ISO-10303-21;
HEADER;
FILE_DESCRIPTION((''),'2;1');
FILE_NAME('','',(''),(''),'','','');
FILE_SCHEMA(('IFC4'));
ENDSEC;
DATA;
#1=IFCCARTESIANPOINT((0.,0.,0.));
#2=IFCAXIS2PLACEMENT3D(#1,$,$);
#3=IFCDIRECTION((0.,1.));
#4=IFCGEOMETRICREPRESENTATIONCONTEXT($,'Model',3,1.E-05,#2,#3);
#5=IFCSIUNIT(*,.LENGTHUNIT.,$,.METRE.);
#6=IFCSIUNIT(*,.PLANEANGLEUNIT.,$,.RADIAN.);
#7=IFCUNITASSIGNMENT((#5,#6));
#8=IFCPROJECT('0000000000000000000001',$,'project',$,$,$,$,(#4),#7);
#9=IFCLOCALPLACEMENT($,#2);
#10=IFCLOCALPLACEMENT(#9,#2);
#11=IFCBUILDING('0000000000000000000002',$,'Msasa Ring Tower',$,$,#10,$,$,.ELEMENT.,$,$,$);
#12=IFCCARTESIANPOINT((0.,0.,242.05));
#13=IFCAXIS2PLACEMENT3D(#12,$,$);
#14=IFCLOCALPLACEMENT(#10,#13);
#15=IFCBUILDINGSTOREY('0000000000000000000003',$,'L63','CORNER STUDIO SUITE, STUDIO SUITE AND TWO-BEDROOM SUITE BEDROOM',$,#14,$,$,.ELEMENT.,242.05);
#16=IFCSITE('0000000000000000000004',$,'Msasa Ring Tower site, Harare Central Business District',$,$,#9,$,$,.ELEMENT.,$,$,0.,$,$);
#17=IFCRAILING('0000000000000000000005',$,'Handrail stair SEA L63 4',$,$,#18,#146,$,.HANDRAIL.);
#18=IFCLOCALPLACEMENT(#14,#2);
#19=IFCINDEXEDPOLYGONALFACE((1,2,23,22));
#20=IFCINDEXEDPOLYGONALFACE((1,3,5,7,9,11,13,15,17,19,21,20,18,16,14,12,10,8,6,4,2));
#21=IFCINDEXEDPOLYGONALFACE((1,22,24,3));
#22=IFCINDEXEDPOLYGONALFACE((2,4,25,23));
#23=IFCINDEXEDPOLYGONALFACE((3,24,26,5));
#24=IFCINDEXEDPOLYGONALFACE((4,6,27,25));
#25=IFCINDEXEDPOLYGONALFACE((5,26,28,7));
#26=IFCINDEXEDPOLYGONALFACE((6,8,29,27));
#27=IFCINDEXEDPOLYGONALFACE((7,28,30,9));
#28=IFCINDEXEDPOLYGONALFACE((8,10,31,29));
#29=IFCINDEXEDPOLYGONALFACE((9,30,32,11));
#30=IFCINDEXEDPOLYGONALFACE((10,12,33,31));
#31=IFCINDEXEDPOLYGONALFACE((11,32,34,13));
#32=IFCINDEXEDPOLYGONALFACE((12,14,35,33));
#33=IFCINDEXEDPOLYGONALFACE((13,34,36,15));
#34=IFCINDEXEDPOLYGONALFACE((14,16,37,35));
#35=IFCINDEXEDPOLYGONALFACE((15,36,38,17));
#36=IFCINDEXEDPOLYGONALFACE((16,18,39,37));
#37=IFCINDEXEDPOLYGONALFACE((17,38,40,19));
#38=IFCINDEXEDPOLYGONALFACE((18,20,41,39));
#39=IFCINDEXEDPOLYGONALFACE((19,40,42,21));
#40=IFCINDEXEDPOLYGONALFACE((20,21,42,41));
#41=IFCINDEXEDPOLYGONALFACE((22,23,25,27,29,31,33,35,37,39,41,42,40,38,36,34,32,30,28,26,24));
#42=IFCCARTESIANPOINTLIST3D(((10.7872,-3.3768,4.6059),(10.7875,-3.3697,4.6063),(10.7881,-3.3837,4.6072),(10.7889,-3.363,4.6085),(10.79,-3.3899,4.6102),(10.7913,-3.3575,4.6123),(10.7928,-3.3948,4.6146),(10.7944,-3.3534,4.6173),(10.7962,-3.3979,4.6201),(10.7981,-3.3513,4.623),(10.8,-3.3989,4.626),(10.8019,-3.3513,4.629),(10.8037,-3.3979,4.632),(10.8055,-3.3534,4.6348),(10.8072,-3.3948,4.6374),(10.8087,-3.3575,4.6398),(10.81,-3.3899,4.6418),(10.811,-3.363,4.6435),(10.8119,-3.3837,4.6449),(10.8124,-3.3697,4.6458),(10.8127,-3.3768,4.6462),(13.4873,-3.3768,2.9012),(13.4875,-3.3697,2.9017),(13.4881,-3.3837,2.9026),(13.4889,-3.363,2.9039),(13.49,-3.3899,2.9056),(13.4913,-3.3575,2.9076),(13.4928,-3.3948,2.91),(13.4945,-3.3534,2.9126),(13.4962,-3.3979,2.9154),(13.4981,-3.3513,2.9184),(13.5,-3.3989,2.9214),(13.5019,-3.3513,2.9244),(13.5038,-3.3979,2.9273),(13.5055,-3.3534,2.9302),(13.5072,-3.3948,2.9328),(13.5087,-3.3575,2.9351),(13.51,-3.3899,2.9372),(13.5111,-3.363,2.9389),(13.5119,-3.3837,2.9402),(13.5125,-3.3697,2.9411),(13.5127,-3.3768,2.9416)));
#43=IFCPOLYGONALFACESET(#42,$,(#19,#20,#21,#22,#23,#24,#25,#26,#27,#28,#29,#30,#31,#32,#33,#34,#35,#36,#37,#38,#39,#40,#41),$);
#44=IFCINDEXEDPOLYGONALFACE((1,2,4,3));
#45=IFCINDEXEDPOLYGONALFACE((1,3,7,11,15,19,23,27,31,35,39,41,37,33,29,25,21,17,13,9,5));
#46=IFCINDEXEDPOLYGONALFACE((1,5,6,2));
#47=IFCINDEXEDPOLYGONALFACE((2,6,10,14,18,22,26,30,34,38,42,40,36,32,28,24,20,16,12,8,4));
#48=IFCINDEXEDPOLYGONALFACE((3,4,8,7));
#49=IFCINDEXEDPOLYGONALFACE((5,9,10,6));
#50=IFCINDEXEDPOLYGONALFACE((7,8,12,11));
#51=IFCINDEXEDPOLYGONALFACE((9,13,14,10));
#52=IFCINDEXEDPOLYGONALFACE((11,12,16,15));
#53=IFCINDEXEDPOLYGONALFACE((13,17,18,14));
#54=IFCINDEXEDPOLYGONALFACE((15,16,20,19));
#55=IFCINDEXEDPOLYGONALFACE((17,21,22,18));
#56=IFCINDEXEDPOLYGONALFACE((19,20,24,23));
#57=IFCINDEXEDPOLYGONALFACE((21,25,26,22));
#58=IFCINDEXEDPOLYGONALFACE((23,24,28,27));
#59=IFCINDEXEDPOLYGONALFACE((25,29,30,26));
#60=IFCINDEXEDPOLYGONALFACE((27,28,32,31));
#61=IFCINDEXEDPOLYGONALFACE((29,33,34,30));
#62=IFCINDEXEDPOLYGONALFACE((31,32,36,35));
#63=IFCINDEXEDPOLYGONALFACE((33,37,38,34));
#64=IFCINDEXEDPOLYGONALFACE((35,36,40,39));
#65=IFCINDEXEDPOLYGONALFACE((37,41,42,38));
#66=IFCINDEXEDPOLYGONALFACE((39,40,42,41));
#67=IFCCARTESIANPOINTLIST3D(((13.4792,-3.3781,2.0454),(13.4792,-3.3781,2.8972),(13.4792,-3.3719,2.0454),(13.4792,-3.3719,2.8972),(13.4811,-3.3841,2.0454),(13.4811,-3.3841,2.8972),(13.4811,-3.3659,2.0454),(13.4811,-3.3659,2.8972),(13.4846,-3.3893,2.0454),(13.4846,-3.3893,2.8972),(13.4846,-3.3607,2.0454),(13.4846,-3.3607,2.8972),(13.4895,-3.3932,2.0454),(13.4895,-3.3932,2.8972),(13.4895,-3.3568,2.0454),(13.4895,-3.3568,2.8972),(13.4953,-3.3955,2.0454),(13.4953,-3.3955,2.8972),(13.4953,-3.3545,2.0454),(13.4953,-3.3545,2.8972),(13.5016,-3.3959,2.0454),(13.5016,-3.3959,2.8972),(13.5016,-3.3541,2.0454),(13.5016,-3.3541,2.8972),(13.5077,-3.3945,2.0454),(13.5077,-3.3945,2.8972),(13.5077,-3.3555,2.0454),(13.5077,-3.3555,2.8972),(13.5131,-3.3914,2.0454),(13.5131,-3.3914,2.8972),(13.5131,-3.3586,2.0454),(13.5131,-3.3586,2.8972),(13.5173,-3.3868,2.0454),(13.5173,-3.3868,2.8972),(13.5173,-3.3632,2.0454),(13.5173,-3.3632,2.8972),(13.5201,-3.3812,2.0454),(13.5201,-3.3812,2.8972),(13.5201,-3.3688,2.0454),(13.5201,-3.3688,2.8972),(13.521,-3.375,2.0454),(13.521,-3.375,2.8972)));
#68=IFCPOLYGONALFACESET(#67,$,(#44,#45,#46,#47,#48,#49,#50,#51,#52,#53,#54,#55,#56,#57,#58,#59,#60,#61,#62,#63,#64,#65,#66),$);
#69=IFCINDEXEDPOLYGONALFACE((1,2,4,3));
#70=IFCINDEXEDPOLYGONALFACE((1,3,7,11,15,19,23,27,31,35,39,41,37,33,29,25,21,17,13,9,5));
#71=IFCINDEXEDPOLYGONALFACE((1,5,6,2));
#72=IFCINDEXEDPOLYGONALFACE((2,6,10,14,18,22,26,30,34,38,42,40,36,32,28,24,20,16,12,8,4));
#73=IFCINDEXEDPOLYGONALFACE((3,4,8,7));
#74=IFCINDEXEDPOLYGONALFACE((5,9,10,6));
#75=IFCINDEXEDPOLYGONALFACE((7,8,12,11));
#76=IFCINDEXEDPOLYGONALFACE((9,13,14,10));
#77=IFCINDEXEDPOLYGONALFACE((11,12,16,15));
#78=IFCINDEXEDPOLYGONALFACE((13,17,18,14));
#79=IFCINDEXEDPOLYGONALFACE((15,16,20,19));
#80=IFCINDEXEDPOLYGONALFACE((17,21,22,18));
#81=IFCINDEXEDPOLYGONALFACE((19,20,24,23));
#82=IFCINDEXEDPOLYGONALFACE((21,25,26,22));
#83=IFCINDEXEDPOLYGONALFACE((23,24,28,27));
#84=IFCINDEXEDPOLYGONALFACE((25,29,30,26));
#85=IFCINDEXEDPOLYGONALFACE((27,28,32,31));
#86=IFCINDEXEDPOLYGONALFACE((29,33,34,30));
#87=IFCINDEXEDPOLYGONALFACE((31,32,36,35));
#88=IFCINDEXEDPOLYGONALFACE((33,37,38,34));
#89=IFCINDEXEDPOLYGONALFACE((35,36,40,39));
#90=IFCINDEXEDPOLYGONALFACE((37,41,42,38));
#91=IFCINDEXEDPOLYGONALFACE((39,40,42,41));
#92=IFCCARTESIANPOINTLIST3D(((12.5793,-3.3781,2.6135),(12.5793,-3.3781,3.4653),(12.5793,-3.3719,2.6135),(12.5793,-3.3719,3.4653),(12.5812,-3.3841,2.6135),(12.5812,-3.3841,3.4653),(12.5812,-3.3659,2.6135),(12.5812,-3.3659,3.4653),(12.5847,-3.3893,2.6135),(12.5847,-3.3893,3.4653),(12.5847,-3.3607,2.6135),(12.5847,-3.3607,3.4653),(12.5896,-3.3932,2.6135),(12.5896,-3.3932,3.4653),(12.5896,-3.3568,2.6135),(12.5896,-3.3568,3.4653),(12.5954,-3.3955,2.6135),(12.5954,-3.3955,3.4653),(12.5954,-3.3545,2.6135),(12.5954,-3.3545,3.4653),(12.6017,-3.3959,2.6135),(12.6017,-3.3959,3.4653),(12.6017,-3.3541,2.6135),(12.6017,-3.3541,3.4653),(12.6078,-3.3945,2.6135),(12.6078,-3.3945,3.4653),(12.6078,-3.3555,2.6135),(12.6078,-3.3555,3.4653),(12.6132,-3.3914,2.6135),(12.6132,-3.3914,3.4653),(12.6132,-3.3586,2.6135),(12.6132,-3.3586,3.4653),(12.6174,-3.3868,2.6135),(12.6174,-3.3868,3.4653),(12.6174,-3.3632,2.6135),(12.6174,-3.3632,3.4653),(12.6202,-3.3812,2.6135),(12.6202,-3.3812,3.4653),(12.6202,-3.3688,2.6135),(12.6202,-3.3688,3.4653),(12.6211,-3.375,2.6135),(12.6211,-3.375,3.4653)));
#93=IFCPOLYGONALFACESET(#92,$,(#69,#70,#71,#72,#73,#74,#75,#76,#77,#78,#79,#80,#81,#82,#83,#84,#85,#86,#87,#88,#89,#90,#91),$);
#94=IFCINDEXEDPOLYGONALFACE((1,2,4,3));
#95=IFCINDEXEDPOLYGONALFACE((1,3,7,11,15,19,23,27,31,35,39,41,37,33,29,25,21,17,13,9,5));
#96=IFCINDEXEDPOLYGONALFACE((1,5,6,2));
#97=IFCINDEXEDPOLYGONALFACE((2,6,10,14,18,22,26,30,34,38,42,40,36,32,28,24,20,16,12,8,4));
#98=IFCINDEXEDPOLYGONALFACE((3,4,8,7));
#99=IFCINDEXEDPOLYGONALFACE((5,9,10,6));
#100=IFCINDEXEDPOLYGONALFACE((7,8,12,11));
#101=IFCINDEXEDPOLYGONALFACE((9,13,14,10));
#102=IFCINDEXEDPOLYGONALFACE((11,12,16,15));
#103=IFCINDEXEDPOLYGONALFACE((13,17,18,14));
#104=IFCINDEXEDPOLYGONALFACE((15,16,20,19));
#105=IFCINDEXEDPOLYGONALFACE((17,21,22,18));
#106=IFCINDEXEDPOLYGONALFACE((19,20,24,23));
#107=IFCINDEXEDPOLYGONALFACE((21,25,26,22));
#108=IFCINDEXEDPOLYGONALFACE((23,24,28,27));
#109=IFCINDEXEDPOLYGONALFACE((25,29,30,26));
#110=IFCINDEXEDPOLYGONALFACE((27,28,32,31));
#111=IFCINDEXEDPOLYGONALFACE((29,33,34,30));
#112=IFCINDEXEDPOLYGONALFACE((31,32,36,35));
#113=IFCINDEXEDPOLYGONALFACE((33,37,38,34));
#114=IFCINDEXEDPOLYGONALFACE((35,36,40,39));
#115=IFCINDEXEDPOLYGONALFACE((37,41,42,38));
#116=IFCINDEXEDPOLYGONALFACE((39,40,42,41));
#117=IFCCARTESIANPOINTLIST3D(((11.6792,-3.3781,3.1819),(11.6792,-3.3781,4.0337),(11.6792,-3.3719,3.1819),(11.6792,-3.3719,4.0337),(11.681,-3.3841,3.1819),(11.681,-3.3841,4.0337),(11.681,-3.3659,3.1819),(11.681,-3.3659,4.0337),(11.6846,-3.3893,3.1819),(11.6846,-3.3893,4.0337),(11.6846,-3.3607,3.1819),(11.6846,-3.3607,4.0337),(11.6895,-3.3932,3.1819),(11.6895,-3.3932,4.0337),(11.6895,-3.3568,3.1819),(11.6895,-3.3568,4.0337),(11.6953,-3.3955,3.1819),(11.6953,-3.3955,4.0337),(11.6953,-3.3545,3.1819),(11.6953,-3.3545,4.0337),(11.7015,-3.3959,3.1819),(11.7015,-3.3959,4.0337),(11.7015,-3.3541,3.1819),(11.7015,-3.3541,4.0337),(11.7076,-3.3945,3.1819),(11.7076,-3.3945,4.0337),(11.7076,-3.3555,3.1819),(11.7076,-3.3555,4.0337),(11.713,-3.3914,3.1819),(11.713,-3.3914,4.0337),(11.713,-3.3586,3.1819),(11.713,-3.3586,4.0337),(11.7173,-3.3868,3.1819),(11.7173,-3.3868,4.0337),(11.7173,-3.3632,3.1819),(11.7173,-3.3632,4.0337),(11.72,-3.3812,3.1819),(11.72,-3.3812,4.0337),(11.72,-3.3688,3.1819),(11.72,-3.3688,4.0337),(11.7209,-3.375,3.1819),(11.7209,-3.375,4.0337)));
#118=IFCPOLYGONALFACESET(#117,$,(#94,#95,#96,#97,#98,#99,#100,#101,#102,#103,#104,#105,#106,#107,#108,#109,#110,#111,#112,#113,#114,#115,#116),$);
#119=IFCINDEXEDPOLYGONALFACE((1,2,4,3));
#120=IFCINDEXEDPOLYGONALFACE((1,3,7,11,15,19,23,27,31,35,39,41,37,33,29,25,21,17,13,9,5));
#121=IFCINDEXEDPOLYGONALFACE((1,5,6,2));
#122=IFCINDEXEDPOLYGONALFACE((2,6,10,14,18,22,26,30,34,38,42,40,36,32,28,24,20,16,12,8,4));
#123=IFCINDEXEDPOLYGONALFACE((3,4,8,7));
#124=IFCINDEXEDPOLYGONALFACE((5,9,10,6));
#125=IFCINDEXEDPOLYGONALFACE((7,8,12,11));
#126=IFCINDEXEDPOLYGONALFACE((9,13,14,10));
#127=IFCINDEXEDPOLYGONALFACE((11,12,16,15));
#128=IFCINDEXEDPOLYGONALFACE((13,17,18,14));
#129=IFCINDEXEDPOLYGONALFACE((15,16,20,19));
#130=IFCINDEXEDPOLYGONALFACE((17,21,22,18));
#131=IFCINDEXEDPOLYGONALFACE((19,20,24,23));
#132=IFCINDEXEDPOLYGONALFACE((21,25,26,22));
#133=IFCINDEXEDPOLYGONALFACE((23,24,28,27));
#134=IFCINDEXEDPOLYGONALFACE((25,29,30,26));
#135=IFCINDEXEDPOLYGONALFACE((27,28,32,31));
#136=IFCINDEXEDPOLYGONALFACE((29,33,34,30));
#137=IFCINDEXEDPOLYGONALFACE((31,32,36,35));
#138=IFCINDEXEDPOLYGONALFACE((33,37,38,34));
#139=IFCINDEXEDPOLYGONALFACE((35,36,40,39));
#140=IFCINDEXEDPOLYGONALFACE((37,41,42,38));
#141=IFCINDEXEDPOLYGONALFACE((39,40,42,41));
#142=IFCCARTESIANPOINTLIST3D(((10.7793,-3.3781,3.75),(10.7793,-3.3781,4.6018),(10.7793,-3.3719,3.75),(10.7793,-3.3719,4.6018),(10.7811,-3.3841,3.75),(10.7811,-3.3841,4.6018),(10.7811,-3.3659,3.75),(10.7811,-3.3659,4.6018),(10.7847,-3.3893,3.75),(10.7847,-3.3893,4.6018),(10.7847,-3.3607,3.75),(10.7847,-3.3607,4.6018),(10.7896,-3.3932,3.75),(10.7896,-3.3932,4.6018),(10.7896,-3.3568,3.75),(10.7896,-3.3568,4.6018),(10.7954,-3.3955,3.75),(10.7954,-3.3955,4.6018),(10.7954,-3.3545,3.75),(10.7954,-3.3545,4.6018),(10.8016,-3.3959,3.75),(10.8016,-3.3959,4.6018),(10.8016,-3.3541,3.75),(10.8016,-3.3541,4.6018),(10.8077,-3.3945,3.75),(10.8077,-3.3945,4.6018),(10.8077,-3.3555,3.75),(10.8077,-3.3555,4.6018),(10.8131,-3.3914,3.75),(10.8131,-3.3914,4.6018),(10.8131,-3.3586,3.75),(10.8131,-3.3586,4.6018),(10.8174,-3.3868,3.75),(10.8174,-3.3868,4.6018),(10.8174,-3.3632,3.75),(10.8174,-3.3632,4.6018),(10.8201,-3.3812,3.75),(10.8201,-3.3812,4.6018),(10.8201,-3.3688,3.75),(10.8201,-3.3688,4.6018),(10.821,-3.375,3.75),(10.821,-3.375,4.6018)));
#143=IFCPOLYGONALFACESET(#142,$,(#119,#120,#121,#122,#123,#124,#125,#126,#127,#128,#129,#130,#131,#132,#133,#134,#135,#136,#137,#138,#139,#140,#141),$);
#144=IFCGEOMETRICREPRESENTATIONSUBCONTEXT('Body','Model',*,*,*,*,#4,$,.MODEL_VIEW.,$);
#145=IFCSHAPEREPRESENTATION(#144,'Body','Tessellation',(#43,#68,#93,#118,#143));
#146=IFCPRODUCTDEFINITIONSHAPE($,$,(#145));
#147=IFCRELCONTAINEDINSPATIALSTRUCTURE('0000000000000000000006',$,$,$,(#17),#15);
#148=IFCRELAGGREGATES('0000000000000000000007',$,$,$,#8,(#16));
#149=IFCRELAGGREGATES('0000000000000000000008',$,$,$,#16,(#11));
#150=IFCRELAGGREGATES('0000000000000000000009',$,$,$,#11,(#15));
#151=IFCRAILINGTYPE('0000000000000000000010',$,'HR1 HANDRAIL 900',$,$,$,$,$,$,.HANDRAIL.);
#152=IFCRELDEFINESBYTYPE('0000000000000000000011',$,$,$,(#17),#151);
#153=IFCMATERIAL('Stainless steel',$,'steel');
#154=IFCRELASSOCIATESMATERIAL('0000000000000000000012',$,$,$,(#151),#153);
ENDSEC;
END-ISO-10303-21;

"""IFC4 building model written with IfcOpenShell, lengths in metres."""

from ifc_helpers import new_model, si_unit, direction, frame, origin, origin_2d, place, context, subcontext, project, spatial, circle, extrude, material, type_object, element, save


model = new_model("IFC4")

# Units and contexts
model_context = context("Model", 3, precision=1e-05, world=origin(), true_north=direction((0.0, 1.0)))
body_context = subcontext(model_context, "Body", "Model", "MODEL_VIEW")
ifc_project = project(units=[si_unit("LENGTHUNIT", "METRE"), si_unit("PLANEANGLEUNIT", "RADIAN")], contexts=[model_context])

# Site, building, storey
site_placement = place(None, origin())
site = spatial("IfcSite", under=ifc_project, at=site_placement, Name="Msasa Ring Tower site, Harare Central Business District", CompositionType="ELEMENT", RefElevation=0.0)
building_placement = place(site_placement, origin())
building = spatial("IfcBuilding", under=site, at=building_placement, Name="Msasa Ring Tower", CompositionType="ELEMENT")
storey_placement = place(building_placement, frame((0.0, 0.0, 242.05)))
storey = spatial("IfcBuildingStorey", under=building, at=storey_placement, Name="L63", Description="CORNER STUDIO SUITE, STUDIO SUITE AND TWO-BEDROOM SUITE BEDROOM", CompositionType="ELEMENT", Elevation=242.05)

# Railing
ifc_material_1 = material(Name="Stainless steel", Category="steel")
railing_type = type_object("IfcRailingType", Name="HR1 HANDRAIL 900", PredefinedType="HANDRAIL", material=ifc_material_1)
for number, where, name in (
    (1, (13.5, -3.375, 2.0454), "Handrail stair SEA L63 4"),
):
    element("IfcRailing", number, at=place(storey_placement, frame(where)), inside=storey, type_object=railing_type, Name=name, PredefinedType="HANDRAIL", context=body_context, shape_type="SweptSolid", body=[
        extrude(circle(Radius=0.0239, at=origin_2d()), frame((0.0, 0.0, 0.876), z_axis=(-0.84558, 0.0, 0.533849), x_axis=(0.0, -1.0, 0.0)), (0.0, 0.0, 1.0), 3.1931),
        extrude(circle(Radius=0.021, at=origin_2d()), origin(), (0.0, 0.0, 1.0), 0.8518),
        extrude(circle(Radius=0.021, at=origin_2d()), frame((-0.8999, 0.0, 0.5681)), (0.0, 0.0, 1.0), 0.8518),
        extrude(circle(Radius=0.021, at=origin_2d()), frame((-1.8, 0.0, 1.1365)), (0.0, 0.0, 1.0), 0.8518),
        extrude(circle(Radius=0.021, at=origin_2d()), frame((-2.7, 0.0, 1.7046)), (0.0, 0.0, 1.0), 0.8518),
    ])

save(model, "model.ifc")
